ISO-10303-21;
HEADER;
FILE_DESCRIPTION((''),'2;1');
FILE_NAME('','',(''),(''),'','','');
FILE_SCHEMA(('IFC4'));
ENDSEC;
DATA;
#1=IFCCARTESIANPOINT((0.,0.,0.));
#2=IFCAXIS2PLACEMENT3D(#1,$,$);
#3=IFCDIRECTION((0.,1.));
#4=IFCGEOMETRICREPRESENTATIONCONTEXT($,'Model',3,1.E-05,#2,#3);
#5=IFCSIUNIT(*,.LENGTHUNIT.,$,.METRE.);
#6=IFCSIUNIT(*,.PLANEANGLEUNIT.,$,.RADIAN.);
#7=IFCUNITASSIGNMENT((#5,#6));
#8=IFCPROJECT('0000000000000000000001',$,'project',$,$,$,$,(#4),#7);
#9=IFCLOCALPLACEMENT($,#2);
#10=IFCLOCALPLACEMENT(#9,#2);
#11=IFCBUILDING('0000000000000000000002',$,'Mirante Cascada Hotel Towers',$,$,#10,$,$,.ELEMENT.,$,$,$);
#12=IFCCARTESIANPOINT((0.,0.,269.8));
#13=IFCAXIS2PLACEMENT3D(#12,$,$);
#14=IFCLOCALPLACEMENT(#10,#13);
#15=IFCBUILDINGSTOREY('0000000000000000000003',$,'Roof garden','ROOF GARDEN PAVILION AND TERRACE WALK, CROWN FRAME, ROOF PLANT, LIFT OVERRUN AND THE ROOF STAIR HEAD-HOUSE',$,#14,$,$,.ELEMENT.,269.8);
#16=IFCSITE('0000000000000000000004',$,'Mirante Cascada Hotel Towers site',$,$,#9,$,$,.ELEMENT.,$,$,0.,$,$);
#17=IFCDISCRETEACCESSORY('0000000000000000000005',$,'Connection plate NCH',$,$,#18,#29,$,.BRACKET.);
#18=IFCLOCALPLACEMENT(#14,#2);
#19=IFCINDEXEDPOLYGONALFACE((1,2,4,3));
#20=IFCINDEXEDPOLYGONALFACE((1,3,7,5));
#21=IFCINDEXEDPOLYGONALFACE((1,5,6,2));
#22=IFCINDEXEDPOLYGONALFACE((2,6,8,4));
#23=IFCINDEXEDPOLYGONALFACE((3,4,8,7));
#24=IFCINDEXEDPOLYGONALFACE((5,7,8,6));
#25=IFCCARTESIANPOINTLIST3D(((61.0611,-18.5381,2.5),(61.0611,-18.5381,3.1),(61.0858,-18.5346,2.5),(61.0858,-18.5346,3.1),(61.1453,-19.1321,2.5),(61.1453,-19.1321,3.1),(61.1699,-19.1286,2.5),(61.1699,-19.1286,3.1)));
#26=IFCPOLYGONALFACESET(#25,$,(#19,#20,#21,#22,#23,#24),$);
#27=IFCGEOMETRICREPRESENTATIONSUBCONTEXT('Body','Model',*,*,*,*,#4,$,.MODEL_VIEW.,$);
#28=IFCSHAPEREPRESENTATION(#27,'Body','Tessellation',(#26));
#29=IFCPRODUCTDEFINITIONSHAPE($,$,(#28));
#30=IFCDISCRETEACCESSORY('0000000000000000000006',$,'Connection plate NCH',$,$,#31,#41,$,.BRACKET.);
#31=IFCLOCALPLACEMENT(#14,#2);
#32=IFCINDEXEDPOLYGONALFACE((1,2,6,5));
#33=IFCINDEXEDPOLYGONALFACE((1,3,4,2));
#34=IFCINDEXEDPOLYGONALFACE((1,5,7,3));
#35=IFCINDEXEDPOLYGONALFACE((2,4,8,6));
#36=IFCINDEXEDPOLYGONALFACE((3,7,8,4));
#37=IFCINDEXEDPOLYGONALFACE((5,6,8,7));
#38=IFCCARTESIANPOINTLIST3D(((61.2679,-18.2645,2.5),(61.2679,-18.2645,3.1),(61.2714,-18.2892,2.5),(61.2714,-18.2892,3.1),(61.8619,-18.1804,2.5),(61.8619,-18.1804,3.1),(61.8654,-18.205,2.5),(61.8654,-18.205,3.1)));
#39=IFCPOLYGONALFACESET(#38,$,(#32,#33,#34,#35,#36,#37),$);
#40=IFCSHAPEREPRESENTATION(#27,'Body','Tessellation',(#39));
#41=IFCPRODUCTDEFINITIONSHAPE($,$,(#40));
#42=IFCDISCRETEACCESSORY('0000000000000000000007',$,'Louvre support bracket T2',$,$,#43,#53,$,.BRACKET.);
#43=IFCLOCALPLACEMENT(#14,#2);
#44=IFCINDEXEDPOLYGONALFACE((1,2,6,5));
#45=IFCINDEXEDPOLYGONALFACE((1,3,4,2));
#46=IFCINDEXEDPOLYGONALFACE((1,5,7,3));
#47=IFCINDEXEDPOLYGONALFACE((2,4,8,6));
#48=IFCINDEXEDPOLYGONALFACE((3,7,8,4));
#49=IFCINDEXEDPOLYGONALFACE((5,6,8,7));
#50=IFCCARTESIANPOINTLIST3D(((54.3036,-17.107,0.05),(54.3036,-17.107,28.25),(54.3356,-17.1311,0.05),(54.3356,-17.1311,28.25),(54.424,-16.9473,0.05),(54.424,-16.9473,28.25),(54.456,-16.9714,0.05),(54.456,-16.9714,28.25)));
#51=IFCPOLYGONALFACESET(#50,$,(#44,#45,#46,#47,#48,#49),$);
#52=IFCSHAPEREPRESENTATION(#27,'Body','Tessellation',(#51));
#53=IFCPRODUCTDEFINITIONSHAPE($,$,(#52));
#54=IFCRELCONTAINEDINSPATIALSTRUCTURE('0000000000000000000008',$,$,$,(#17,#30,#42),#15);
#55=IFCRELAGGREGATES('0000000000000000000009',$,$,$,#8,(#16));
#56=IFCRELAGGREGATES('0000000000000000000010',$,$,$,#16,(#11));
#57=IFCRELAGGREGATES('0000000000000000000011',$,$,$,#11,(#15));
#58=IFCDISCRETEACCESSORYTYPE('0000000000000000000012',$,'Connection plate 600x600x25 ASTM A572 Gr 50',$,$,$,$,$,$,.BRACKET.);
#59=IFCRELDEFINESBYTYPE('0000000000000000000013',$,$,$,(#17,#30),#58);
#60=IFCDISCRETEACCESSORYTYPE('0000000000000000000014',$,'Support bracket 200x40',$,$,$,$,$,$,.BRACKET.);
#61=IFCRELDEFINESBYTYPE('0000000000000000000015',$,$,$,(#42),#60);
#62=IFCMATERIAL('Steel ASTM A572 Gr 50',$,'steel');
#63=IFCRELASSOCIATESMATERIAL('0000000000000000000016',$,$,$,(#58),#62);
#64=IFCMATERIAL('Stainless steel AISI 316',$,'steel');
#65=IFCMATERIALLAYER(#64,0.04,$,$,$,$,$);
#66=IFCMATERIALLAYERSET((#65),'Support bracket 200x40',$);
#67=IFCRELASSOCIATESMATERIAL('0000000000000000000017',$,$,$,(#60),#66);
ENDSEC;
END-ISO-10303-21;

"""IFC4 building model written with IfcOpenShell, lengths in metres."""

from ifc_helpers import new_model, si_unit, direction, frame, origin, origin_2d, place, context, subcontext, project, spatial, rectangle, extrude, material, layer, layer_set, material_profile, profile_set, type_object, element, save


model = new_model("IFC4")

# Units and contexts
model_context = context("Model", 3, precision=1e-05, world=origin(), true_north=direction((0.0, 1.0)))
body_context = subcontext(model_context, "Body", "Model", "MODEL_VIEW")
ifc_project = project(units=[si_unit("LENGTHUNIT", "METRE"), si_unit("PLANEANGLEUNIT", "RADIAN")], contexts=[model_context])

# Site, building, storey
site_placement = place(None, origin())
site = spatial("IfcSite", under=ifc_project, at=site_placement, Name="Mirante Cascada Hotel Towers site", CompositionType="ELEMENT", RefElevation=0.0)
building_placement = place(site_placement, origin())
building = spatial("IfcBuilding", under=site, at=building_placement, Name="Mirante Cascada Hotel Towers", CompositionType="ELEMENT")
storey_placement = place(building_placement, frame((0.0, 0.0, 269.8)))
storey = spatial("IfcBuildingStorey", under=building, at=storey_placement, Name="Roof garden", Description="ROOF GARDEN PAVILION AND TERRACE WALK, CROWN FRAME, ROOF PLANT, LIFT OVERRUN AND THE ROOF STAIR HEAD-HOUSE", CompositionType="ELEMENT", Elevation=269.8)

# Discrete accessories
ifc_material_1 = material(Name="Steel ASTM A572 Gr 50", Category="steel")
ifc_material_profile_1 = material_profile(ifc_material_1, rectangle(XDim=0.6, YDim=0.6, at=origin_2d()), Name="Connection plate 600x600x25 ASTM A572 Gr 50")
ifc_profile_set_1 = profile_set([ifc_material_profile_1], Name="Steel ASTM A572 Gr 50")
discrete_accessory_type_1 = type_object("IfcDiscreteAccessoryType", Name="Connection plate 600x600x25 ASTM A572 Gr 50", PredefinedType="BRACKET", material=ifc_profile_set_1)
for number, where, z_axis, x_axis, name in (
    (1, (61.1032, -18.8351, 2.8), (0.990109, 0.140299, 0.0), (-0.140299, 0.990109, 0.0), "Connection plate NCH"),
    (2, (61.5684, -18.2471, 2.8), (-0.140299, 0.990109, 0.0), (-0.990109, -0.140299, 0.0), "Connection plate NCH"),
):
    element("IfcDiscreteAccessory", number, at=place(storey_placement, frame(where, z_axis=z_axis, x_axis=x_axis)), inside=storey, type_object=discrete_accessory_type_1, Name=name, PredefinedType="BRACKET", context=body_context, shape_type="SweptSolid", body=[
        extrude(rectangle(XDim=0.6, YDim=0.6, at=origin_2d()), origin(), (0.0, 0.0, 1.0), 0.0249),
    ])
ifc_material_2 = material(Name="Stainless steel AISI 316", Category="steel")
ifc_layer_1 = layer(ifc_material_2, 0.04)
ifc_layer_set_1 = layer_set([ifc_layer_1], Name="Support bracket 200x40")
discrete_accessory_type_2 = type_object("IfcDiscreteAccessoryType", Name="Support bracket 200x40", PredefinedType="BRACKET", material=ifc_layer_set_1)
discrete_accessory_1_placement = place(storey_placement, frame((54.3798, -17.0392, 0.05), z_axis=(0.0, 0.0, 1.0), x_axis=(-0.601815, -0.798636, 0.0)))
element("IfcDiscreteAccessory", 3, at=discrete_accessory_1_placement, inside=storey, type_object=discrete_accessory_type_2, Name="Louvre support bracket T2", PredefinedType="BRACKET", context=body_context, shape_type="SweptSolid", body=[
    extrude(rectangle(XDim=0.2, YDim=0.04, at=origin_2d()), origin(), (0.0, 0.0, 1.0), 28.2),
])

save(model, "model.ifc")
